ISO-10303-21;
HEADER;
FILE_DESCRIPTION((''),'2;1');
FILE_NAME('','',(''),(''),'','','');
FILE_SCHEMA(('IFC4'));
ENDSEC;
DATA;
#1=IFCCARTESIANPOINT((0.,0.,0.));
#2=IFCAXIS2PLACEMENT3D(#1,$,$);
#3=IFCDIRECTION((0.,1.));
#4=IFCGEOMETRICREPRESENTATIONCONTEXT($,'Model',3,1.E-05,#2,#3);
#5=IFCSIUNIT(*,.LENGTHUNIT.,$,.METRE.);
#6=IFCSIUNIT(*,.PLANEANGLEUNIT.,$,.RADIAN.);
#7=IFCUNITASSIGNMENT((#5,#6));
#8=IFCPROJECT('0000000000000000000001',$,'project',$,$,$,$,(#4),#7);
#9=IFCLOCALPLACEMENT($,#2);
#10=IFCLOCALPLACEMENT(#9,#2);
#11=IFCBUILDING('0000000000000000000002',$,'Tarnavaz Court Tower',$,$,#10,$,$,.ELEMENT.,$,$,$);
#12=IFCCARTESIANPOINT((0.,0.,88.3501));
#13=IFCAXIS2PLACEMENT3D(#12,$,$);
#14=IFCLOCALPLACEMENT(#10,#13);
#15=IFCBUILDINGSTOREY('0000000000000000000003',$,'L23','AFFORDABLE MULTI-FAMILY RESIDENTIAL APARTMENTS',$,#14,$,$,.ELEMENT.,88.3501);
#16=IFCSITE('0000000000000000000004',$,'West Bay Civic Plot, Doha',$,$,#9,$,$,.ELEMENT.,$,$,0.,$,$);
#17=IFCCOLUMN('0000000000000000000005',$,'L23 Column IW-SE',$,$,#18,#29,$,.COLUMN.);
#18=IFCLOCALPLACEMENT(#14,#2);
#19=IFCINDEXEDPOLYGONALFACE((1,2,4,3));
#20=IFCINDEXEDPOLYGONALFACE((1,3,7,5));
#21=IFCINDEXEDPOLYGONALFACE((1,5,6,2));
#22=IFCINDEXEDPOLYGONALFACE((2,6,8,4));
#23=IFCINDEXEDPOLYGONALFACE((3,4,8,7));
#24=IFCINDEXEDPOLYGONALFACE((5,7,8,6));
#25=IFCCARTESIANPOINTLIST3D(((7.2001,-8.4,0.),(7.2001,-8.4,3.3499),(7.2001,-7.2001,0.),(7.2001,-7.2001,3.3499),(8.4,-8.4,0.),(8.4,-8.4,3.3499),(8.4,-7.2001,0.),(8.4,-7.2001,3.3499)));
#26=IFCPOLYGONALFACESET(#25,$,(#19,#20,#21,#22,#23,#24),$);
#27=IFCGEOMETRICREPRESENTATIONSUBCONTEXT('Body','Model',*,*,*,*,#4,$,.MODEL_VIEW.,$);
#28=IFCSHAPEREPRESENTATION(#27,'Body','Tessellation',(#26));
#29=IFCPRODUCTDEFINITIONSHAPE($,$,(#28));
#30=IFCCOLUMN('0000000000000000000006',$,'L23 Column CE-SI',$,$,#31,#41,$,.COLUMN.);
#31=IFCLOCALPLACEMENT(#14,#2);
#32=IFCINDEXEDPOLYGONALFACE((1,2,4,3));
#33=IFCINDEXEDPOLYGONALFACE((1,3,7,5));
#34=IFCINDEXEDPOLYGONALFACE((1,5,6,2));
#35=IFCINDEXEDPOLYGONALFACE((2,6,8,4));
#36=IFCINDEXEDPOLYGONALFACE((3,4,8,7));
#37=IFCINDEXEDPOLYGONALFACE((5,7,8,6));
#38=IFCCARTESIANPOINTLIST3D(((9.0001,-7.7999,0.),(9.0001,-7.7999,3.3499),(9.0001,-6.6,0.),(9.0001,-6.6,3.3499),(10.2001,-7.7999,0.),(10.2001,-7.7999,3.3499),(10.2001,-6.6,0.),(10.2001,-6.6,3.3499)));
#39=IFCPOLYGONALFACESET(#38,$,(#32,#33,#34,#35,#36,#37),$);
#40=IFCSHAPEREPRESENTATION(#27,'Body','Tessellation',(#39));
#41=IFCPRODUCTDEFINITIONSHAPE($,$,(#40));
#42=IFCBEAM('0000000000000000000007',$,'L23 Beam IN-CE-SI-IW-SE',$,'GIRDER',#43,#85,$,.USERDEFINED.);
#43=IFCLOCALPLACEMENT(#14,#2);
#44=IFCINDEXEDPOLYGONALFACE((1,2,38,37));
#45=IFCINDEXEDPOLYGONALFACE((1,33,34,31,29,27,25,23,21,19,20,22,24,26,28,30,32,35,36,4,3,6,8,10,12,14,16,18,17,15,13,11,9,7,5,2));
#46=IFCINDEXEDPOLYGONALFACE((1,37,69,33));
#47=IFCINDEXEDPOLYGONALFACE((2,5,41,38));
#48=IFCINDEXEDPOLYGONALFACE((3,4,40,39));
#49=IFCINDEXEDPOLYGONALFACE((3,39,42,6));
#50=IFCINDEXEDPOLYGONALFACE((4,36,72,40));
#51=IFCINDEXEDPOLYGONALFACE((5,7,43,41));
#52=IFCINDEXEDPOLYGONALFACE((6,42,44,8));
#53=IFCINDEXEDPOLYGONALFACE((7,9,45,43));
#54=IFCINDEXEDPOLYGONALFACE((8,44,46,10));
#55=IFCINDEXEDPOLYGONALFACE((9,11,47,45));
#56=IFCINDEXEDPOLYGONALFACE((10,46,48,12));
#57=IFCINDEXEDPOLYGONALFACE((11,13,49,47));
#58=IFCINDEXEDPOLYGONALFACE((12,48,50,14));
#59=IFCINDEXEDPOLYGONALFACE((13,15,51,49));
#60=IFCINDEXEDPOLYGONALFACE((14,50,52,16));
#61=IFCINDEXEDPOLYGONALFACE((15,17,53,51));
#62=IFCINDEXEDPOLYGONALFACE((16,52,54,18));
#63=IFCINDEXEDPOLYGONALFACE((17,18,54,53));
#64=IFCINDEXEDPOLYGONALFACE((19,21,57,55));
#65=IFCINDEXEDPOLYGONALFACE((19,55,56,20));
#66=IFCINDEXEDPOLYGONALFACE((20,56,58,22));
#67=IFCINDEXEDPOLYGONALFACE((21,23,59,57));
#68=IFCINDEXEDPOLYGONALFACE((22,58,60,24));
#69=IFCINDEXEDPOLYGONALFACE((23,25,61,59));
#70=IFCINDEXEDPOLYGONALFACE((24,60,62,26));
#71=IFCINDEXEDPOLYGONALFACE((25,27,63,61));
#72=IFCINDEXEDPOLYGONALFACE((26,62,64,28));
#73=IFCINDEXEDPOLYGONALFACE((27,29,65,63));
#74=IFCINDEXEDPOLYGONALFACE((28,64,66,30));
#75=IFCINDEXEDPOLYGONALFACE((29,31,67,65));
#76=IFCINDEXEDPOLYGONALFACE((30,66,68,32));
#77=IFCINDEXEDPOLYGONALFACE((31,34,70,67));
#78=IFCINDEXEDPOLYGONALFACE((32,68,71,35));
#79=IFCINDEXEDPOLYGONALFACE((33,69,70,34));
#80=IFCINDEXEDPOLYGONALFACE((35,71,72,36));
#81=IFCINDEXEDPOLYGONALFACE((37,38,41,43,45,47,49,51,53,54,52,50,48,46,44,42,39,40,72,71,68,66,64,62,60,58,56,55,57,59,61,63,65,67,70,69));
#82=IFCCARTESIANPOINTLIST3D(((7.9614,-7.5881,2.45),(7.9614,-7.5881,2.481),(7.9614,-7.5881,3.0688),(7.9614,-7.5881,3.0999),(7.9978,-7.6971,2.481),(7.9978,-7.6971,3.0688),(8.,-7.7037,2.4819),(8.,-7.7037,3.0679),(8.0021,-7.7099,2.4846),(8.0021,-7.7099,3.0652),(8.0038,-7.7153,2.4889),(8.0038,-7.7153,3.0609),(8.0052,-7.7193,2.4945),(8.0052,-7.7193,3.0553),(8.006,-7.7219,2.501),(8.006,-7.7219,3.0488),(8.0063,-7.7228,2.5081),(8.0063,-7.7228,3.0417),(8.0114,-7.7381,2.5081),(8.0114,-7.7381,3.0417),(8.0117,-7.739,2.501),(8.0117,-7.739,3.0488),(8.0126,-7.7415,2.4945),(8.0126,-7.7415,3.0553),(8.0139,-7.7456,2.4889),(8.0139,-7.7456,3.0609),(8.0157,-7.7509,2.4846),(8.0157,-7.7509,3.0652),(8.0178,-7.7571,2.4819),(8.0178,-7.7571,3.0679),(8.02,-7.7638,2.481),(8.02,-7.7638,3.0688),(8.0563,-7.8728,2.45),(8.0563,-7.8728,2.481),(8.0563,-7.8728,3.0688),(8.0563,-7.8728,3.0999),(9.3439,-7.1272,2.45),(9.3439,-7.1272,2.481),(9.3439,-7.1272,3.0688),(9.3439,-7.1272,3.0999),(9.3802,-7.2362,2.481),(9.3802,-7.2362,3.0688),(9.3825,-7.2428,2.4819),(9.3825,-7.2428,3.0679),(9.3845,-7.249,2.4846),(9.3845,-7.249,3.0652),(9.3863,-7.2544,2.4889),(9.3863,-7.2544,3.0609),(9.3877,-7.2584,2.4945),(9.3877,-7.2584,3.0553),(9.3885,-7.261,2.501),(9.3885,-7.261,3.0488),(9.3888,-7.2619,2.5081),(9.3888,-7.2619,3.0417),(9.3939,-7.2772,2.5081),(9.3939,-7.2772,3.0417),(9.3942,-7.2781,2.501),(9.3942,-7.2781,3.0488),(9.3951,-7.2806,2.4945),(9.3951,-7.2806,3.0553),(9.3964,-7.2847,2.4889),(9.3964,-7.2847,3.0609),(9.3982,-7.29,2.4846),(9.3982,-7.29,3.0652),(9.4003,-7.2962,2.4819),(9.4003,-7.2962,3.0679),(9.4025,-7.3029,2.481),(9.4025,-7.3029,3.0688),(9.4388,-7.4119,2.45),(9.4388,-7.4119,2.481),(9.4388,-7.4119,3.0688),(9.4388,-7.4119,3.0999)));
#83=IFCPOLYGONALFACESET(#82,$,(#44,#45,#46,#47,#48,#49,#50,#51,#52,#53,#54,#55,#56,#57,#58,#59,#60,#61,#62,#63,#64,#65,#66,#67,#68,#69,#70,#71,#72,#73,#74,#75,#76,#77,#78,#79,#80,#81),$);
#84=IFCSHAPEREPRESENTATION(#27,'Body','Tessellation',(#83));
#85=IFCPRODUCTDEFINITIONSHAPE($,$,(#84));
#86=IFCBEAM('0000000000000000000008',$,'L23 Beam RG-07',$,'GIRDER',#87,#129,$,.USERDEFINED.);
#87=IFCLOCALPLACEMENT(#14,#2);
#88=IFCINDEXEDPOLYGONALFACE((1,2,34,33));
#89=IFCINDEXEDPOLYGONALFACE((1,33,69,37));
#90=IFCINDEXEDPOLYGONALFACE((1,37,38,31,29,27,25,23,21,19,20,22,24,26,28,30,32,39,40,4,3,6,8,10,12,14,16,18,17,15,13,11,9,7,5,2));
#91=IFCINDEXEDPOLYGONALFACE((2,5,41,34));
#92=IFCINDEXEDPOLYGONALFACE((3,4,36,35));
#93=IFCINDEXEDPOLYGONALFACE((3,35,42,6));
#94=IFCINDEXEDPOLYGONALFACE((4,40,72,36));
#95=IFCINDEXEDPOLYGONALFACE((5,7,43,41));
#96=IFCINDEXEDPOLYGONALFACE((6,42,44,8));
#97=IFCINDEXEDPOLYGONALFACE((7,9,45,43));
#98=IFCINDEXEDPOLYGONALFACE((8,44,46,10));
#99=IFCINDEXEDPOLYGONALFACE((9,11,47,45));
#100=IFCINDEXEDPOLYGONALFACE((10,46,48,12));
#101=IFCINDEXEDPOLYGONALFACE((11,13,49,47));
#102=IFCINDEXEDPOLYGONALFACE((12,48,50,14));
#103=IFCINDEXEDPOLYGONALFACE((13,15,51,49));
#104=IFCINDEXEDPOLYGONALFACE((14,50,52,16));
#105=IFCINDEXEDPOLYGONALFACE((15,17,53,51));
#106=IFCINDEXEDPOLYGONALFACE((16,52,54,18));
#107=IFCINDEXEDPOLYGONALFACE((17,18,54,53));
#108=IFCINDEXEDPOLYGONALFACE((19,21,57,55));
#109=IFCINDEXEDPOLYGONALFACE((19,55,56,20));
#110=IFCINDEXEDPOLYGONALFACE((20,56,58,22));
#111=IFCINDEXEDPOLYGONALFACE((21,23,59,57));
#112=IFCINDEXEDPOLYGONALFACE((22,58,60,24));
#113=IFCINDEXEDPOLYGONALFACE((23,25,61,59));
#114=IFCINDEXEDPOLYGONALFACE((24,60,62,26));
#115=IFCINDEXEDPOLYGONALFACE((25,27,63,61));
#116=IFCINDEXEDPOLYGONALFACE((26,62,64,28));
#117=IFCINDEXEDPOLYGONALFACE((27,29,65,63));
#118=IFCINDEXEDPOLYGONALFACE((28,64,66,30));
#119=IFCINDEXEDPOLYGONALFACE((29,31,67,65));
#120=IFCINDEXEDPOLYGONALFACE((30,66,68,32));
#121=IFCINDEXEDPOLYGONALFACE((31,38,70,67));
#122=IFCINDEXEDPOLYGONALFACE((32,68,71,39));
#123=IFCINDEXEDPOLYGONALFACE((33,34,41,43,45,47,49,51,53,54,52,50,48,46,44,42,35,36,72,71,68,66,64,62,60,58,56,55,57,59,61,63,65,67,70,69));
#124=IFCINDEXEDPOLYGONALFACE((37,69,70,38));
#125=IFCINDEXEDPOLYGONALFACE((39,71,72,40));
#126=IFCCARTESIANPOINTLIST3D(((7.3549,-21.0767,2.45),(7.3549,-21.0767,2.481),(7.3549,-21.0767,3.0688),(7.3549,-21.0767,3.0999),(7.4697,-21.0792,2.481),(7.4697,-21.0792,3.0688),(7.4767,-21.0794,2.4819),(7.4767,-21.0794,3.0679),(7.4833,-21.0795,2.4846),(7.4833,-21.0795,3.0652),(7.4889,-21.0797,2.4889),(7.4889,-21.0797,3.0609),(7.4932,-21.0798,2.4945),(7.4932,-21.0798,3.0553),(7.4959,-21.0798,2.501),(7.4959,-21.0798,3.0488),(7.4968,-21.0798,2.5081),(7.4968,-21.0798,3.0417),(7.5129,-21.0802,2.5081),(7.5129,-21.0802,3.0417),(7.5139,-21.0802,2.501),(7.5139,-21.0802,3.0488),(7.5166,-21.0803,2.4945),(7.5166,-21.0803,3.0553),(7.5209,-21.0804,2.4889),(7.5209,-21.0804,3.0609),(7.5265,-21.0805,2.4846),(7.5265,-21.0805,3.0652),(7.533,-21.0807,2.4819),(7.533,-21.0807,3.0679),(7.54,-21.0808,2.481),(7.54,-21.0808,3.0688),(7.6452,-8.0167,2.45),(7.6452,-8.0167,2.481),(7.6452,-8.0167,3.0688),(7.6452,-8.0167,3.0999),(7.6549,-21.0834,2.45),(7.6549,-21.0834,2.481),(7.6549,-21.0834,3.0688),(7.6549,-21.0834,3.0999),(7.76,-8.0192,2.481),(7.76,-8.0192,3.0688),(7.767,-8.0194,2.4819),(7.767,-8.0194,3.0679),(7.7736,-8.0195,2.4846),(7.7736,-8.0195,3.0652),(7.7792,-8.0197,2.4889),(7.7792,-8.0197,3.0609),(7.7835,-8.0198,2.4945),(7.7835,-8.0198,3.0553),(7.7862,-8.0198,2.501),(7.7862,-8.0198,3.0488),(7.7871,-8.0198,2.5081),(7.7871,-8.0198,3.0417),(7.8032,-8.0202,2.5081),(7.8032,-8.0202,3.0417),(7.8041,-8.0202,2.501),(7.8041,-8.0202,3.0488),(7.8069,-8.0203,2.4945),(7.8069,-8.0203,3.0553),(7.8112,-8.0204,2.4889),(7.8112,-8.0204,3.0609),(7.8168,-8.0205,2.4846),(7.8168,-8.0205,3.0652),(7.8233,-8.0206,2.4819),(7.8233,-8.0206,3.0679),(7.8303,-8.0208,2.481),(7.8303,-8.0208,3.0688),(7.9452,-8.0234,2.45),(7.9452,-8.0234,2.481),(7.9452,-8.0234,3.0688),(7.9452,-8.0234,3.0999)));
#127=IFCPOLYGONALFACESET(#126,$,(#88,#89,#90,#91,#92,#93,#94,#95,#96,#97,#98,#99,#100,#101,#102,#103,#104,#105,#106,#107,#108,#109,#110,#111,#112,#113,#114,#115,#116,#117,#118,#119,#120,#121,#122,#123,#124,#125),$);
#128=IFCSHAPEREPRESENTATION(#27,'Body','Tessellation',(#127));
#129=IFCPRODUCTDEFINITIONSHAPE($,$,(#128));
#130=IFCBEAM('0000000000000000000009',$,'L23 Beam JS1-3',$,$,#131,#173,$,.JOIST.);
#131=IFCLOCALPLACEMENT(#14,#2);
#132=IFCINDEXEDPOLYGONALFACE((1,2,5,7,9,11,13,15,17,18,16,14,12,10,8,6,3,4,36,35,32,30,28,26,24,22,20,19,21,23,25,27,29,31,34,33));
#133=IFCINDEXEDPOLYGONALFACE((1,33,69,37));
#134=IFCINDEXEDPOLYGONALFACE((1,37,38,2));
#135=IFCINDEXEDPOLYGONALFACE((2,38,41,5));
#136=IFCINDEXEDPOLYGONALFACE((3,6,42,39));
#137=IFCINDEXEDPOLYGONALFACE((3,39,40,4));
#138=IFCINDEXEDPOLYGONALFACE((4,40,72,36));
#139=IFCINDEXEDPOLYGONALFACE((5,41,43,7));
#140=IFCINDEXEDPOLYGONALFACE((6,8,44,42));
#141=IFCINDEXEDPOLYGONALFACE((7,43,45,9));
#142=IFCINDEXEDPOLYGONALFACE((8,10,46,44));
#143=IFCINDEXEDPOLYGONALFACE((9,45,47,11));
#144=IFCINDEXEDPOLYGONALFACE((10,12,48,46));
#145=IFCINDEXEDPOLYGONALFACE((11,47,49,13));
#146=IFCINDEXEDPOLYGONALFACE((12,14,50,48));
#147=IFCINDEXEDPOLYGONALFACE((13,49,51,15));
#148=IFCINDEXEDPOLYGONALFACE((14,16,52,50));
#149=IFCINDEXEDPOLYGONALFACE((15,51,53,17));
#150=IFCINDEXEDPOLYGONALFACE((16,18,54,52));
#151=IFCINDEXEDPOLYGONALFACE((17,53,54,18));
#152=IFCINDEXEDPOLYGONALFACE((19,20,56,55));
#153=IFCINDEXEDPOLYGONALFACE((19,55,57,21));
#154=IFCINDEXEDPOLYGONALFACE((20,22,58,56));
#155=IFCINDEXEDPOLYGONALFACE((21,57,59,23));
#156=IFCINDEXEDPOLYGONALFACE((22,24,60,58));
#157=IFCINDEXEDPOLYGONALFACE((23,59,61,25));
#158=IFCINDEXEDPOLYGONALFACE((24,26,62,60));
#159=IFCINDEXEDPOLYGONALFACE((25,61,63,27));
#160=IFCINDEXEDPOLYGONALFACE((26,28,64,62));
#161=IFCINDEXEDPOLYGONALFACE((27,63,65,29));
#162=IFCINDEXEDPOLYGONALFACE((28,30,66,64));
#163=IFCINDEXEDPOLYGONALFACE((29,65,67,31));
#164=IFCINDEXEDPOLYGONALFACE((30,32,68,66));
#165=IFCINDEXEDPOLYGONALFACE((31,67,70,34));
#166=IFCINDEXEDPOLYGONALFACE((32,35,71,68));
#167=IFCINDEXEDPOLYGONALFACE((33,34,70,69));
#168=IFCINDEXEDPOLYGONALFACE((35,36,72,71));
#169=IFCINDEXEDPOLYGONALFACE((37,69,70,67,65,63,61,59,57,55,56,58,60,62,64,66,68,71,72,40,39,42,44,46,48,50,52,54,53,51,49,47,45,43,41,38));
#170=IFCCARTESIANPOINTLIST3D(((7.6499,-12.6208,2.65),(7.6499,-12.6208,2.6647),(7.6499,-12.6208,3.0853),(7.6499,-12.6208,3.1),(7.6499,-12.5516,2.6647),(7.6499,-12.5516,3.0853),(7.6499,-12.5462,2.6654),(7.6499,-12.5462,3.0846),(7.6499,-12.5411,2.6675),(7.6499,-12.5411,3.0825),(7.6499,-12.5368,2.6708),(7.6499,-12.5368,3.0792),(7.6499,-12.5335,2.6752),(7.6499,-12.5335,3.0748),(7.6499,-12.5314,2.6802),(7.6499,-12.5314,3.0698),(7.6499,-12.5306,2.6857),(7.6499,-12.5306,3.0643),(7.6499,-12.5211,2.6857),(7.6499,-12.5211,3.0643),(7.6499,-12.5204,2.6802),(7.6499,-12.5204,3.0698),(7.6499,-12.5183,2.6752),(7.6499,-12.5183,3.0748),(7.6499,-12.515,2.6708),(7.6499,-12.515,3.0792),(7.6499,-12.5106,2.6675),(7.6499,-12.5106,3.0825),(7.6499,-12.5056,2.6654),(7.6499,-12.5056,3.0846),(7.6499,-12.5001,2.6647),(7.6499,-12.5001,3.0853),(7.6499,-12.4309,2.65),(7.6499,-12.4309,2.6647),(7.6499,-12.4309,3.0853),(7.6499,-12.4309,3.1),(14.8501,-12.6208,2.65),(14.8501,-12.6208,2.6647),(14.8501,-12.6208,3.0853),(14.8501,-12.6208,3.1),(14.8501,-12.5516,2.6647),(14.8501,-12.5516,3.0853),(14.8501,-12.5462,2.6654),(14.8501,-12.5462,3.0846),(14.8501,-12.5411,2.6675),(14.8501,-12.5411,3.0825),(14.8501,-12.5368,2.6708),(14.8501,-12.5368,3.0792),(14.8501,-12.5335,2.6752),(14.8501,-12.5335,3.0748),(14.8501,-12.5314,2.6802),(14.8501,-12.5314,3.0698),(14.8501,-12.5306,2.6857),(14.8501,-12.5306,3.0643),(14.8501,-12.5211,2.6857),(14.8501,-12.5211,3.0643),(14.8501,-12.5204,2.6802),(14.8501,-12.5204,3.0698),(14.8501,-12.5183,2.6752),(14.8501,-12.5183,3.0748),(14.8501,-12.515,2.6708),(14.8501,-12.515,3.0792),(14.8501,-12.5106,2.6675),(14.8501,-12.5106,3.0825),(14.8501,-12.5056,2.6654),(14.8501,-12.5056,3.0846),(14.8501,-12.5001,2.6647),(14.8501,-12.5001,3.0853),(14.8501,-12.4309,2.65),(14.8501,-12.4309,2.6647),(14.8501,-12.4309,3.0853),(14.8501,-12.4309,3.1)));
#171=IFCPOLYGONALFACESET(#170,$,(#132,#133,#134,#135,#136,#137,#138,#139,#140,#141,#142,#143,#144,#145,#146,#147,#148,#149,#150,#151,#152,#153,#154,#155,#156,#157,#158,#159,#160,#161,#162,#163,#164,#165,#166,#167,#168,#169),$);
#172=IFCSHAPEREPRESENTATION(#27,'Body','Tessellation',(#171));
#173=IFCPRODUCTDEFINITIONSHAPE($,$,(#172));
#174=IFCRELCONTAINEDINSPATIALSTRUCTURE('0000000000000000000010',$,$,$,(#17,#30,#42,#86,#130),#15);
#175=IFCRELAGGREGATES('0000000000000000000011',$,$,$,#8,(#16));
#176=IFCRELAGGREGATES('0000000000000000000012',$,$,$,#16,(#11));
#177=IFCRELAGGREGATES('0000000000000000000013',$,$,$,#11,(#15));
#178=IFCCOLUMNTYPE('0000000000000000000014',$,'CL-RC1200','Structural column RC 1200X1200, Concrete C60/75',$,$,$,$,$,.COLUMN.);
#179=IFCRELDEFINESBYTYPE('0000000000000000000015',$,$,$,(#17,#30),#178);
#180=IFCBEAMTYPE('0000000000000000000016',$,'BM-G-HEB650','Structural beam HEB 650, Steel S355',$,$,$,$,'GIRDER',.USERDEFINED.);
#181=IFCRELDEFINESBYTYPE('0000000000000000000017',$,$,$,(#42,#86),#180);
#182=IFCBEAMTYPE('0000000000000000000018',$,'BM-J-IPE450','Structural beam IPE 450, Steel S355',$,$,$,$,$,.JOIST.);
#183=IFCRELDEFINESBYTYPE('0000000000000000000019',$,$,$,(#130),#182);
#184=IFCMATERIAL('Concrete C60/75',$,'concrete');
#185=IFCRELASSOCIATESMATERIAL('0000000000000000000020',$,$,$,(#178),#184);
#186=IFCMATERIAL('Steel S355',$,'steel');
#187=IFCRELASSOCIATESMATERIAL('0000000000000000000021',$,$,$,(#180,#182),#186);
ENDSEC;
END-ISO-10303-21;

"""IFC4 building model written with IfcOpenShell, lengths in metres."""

from ifc_helpers import new_model, si_unit, direction, frame, origin, origin_2d, place, context, subcontext, project, spatial, rectangle, i_section, extrude, material, material_profile, profile_set, type_object, element, save


model = new_model("IFC4")

# Units and contexts
model_context = context("Model", 3, precision=1e-05, world=origin(), true_north=direction((0.0, 1.0)))
body_context = subcontext(model_context, "Body", "Model", "MODEL_VIEW")
ifc_project = project(units=[si_unit("LENGTHUNIT", "METRE"), si_unit("PLANEANGLEUNIT", "RADIAN")], contexts=[model_context])

# Site, building, storey
site_placement = place(None, origin())
site = spatial("IfcSite", under=ifc_project, at=site_placement, Name="West Bay Civic Plot, Doha", CompositionType="ELEMENT", RefElevation=0.0)
building_placement = place(site_placement, origin())
building = spatial("IfcBuilding", under=site, at=building_placement, Name="Tarnavaz Court Tower", CompositionType="ELEMENT")
storey_placement = place(building_placement, frame((0.0, 0.0, 88.3501)))
storey = spatial("IfcBuildingStorey", under=building, at=storey_placement, Name="L23", Description="AFFORDABLE MULTI-FAMILY RESIDENTIAL APARTMENTS", CompositionType="ELEMENT", Elevation=88.3501)

# Columns
ifc_material_1 = material(Name="Concrete C60/75", Category="concrete")
ifc_material_profile_1 = material_profile(ifc_material_1, rectangle(XDim=1.2, YDim=1.2, at=origin_2d()), Name="RC 1200X1200")
ifc_profile_set_1 = profile_set([ifc_material_profile_1], Name="Concrete C60/75")
column_type = type_object("IfcColumnType", Name="CL-RC1200", Description="Structural column RC 1200X1200, Concrete C60/75", PredefinedType="COLUMN", material=ifc_profile_set_1)
for number, where, z_axis, x_axis, name in (
    (1, (7.8, -7.8, 0.0), (0.0, 0.0, 1.0), (1.0, 0.0, 0.0), "L23 Column IW-SE"),
    (2, (9.6001, -7.2, 0.0), (0.0, 0.0, 1.0), (1.0, 0.0, 0.0), "L23 Column CE-SI"),
):
    element("IfcColumn", number, at=place(storey_placement, frame(where, z_axis=z_axis, x_axis=x_axis)), inside=storey, type_object=column_type, Name=name, PredefinedType="COLUMN", context=body_context, shape_type="SweptSolid", body=[
        extrude(rectangle(XDim=1.2, YDim=1.2, at=origin_2d()), origin(), (0.0, 0.0, 1.0), 3.3499),
    ])

# Beams
ifc_material_2 = material(Name="Steel S355", Category="steel")
ifc_material_profile_2 = material_profile(ifc_material_2, i_section(OverallWidth=0.3, OverallDepth=0.6499, WebThickness=0.0161, FlangeThickness=0.031, FilletRadius=0.0271, at=origin_2d()), Name="HEB 650")
ifc_profile_set_2 = profile_set([ifc_material_profile_2], Name="Steel S355")
beam_type_1 = type_object("IfcBeamType", Name="BM-G-HEB650", Description="Structural beam HEB 650, Steel S355", ElementType="GIRDER", PredefinedType="USERDEFINED", material=ifc_profile_set_2)
beam_1_placement = place(storey_placement, frame((9.3914, -7.2695, 2.7749), z_axis=(-0.948667, -0.316278, 0.0), x_axis=(0.316278, -0.948667, 0.0)))
element("IfcBeam", 3, at=beam_1_placement, inside=storey, type_object=beam_type_1, Name="L23 Beam IN-CE-SI-IW-SE", ObjectType="GIRDER", PredefinedType="USERDEFINED", context=body_context, shape_type="SweptSolid", body=[
    extrude(i_section(OverallWidth=0.3, OverallDepth=0.6499, WebThickness=0.0161, FlangeThickness=0.031, FilletRadius=0.0271, at=origin_2d()), origin(), (0.0, 0.0, 1.0), 1.4573),
])
beam_2_placement = place(storey_placement, frame((7.7952, -8.02, 2.7749), z_axis=(-0.022221, -0.999753, 0.0), x_axis=(0.999753, -0.022221, 0.0)))
element("IfcBeam", 4, at=beam_2_placement, inside=storey, type_object=beam_type_1, Name="L23 Beam RG-07", ObjectType="GIRDER", PredefinedType="USERDEFINED", context=body_context, shape_type="SweptSolid", body=[
    extrude(i_section(OverallWidth=0.3, OverallDepth=0.6499, WebThickness=0.0161, FlangeThickness=0.031, FilletRadius=0.0271, at=origin_2d()), origin(), (0.0, 0.0, 1.0), 13.0632),
])
ifc_material_profile_3 = material_profile(ifc_material_2, i_section(OverallWidth=0.1899, OverallDepth=0.45, WebThickness=0.0095, FlangeThickness=0.0146, FilletRadius=0.021, at=origin_2d()), Name="IPE 450")
ifc_profile_set_3 = profile_set([ifc_material_profile_3], Name="Steel S355")
beam_type_2 = type_object("IfcBeamType", Name="BM-J-IPE450", Description="Structural beam IPE 450, Steel S355", PredefinedType="JOIST", material=ifc_profile_set_3)
for number, where, z_axis, x_axis, name in (
    (5, (7.6499, -12.5259, 2.875), (1.0, 0.0, 0.0), (0.0, 1.0, 0.0), "L23 Beam JS1-3"),
):
    element("IfcBeam", number, at=place(storey_placement, frame(where, z_axis=z_axis, x_axis=x_axis)), inside=storey, type_object=beam_type_2, Name=name, PredefinedType="JOIST", context=body_context, shape_type="SweptSolid", body=[
        extrude(i_section(OverallWidth=0.1899, OverallDepth=0.45, WebThickness=0.0095, FlangeThickness=0.0146, FilletRadius=0.021, at=origin_2d()), origin(), (0.0, 0.0, 1.0), 7.2002),
    ])

save(model, "model.ifc")
